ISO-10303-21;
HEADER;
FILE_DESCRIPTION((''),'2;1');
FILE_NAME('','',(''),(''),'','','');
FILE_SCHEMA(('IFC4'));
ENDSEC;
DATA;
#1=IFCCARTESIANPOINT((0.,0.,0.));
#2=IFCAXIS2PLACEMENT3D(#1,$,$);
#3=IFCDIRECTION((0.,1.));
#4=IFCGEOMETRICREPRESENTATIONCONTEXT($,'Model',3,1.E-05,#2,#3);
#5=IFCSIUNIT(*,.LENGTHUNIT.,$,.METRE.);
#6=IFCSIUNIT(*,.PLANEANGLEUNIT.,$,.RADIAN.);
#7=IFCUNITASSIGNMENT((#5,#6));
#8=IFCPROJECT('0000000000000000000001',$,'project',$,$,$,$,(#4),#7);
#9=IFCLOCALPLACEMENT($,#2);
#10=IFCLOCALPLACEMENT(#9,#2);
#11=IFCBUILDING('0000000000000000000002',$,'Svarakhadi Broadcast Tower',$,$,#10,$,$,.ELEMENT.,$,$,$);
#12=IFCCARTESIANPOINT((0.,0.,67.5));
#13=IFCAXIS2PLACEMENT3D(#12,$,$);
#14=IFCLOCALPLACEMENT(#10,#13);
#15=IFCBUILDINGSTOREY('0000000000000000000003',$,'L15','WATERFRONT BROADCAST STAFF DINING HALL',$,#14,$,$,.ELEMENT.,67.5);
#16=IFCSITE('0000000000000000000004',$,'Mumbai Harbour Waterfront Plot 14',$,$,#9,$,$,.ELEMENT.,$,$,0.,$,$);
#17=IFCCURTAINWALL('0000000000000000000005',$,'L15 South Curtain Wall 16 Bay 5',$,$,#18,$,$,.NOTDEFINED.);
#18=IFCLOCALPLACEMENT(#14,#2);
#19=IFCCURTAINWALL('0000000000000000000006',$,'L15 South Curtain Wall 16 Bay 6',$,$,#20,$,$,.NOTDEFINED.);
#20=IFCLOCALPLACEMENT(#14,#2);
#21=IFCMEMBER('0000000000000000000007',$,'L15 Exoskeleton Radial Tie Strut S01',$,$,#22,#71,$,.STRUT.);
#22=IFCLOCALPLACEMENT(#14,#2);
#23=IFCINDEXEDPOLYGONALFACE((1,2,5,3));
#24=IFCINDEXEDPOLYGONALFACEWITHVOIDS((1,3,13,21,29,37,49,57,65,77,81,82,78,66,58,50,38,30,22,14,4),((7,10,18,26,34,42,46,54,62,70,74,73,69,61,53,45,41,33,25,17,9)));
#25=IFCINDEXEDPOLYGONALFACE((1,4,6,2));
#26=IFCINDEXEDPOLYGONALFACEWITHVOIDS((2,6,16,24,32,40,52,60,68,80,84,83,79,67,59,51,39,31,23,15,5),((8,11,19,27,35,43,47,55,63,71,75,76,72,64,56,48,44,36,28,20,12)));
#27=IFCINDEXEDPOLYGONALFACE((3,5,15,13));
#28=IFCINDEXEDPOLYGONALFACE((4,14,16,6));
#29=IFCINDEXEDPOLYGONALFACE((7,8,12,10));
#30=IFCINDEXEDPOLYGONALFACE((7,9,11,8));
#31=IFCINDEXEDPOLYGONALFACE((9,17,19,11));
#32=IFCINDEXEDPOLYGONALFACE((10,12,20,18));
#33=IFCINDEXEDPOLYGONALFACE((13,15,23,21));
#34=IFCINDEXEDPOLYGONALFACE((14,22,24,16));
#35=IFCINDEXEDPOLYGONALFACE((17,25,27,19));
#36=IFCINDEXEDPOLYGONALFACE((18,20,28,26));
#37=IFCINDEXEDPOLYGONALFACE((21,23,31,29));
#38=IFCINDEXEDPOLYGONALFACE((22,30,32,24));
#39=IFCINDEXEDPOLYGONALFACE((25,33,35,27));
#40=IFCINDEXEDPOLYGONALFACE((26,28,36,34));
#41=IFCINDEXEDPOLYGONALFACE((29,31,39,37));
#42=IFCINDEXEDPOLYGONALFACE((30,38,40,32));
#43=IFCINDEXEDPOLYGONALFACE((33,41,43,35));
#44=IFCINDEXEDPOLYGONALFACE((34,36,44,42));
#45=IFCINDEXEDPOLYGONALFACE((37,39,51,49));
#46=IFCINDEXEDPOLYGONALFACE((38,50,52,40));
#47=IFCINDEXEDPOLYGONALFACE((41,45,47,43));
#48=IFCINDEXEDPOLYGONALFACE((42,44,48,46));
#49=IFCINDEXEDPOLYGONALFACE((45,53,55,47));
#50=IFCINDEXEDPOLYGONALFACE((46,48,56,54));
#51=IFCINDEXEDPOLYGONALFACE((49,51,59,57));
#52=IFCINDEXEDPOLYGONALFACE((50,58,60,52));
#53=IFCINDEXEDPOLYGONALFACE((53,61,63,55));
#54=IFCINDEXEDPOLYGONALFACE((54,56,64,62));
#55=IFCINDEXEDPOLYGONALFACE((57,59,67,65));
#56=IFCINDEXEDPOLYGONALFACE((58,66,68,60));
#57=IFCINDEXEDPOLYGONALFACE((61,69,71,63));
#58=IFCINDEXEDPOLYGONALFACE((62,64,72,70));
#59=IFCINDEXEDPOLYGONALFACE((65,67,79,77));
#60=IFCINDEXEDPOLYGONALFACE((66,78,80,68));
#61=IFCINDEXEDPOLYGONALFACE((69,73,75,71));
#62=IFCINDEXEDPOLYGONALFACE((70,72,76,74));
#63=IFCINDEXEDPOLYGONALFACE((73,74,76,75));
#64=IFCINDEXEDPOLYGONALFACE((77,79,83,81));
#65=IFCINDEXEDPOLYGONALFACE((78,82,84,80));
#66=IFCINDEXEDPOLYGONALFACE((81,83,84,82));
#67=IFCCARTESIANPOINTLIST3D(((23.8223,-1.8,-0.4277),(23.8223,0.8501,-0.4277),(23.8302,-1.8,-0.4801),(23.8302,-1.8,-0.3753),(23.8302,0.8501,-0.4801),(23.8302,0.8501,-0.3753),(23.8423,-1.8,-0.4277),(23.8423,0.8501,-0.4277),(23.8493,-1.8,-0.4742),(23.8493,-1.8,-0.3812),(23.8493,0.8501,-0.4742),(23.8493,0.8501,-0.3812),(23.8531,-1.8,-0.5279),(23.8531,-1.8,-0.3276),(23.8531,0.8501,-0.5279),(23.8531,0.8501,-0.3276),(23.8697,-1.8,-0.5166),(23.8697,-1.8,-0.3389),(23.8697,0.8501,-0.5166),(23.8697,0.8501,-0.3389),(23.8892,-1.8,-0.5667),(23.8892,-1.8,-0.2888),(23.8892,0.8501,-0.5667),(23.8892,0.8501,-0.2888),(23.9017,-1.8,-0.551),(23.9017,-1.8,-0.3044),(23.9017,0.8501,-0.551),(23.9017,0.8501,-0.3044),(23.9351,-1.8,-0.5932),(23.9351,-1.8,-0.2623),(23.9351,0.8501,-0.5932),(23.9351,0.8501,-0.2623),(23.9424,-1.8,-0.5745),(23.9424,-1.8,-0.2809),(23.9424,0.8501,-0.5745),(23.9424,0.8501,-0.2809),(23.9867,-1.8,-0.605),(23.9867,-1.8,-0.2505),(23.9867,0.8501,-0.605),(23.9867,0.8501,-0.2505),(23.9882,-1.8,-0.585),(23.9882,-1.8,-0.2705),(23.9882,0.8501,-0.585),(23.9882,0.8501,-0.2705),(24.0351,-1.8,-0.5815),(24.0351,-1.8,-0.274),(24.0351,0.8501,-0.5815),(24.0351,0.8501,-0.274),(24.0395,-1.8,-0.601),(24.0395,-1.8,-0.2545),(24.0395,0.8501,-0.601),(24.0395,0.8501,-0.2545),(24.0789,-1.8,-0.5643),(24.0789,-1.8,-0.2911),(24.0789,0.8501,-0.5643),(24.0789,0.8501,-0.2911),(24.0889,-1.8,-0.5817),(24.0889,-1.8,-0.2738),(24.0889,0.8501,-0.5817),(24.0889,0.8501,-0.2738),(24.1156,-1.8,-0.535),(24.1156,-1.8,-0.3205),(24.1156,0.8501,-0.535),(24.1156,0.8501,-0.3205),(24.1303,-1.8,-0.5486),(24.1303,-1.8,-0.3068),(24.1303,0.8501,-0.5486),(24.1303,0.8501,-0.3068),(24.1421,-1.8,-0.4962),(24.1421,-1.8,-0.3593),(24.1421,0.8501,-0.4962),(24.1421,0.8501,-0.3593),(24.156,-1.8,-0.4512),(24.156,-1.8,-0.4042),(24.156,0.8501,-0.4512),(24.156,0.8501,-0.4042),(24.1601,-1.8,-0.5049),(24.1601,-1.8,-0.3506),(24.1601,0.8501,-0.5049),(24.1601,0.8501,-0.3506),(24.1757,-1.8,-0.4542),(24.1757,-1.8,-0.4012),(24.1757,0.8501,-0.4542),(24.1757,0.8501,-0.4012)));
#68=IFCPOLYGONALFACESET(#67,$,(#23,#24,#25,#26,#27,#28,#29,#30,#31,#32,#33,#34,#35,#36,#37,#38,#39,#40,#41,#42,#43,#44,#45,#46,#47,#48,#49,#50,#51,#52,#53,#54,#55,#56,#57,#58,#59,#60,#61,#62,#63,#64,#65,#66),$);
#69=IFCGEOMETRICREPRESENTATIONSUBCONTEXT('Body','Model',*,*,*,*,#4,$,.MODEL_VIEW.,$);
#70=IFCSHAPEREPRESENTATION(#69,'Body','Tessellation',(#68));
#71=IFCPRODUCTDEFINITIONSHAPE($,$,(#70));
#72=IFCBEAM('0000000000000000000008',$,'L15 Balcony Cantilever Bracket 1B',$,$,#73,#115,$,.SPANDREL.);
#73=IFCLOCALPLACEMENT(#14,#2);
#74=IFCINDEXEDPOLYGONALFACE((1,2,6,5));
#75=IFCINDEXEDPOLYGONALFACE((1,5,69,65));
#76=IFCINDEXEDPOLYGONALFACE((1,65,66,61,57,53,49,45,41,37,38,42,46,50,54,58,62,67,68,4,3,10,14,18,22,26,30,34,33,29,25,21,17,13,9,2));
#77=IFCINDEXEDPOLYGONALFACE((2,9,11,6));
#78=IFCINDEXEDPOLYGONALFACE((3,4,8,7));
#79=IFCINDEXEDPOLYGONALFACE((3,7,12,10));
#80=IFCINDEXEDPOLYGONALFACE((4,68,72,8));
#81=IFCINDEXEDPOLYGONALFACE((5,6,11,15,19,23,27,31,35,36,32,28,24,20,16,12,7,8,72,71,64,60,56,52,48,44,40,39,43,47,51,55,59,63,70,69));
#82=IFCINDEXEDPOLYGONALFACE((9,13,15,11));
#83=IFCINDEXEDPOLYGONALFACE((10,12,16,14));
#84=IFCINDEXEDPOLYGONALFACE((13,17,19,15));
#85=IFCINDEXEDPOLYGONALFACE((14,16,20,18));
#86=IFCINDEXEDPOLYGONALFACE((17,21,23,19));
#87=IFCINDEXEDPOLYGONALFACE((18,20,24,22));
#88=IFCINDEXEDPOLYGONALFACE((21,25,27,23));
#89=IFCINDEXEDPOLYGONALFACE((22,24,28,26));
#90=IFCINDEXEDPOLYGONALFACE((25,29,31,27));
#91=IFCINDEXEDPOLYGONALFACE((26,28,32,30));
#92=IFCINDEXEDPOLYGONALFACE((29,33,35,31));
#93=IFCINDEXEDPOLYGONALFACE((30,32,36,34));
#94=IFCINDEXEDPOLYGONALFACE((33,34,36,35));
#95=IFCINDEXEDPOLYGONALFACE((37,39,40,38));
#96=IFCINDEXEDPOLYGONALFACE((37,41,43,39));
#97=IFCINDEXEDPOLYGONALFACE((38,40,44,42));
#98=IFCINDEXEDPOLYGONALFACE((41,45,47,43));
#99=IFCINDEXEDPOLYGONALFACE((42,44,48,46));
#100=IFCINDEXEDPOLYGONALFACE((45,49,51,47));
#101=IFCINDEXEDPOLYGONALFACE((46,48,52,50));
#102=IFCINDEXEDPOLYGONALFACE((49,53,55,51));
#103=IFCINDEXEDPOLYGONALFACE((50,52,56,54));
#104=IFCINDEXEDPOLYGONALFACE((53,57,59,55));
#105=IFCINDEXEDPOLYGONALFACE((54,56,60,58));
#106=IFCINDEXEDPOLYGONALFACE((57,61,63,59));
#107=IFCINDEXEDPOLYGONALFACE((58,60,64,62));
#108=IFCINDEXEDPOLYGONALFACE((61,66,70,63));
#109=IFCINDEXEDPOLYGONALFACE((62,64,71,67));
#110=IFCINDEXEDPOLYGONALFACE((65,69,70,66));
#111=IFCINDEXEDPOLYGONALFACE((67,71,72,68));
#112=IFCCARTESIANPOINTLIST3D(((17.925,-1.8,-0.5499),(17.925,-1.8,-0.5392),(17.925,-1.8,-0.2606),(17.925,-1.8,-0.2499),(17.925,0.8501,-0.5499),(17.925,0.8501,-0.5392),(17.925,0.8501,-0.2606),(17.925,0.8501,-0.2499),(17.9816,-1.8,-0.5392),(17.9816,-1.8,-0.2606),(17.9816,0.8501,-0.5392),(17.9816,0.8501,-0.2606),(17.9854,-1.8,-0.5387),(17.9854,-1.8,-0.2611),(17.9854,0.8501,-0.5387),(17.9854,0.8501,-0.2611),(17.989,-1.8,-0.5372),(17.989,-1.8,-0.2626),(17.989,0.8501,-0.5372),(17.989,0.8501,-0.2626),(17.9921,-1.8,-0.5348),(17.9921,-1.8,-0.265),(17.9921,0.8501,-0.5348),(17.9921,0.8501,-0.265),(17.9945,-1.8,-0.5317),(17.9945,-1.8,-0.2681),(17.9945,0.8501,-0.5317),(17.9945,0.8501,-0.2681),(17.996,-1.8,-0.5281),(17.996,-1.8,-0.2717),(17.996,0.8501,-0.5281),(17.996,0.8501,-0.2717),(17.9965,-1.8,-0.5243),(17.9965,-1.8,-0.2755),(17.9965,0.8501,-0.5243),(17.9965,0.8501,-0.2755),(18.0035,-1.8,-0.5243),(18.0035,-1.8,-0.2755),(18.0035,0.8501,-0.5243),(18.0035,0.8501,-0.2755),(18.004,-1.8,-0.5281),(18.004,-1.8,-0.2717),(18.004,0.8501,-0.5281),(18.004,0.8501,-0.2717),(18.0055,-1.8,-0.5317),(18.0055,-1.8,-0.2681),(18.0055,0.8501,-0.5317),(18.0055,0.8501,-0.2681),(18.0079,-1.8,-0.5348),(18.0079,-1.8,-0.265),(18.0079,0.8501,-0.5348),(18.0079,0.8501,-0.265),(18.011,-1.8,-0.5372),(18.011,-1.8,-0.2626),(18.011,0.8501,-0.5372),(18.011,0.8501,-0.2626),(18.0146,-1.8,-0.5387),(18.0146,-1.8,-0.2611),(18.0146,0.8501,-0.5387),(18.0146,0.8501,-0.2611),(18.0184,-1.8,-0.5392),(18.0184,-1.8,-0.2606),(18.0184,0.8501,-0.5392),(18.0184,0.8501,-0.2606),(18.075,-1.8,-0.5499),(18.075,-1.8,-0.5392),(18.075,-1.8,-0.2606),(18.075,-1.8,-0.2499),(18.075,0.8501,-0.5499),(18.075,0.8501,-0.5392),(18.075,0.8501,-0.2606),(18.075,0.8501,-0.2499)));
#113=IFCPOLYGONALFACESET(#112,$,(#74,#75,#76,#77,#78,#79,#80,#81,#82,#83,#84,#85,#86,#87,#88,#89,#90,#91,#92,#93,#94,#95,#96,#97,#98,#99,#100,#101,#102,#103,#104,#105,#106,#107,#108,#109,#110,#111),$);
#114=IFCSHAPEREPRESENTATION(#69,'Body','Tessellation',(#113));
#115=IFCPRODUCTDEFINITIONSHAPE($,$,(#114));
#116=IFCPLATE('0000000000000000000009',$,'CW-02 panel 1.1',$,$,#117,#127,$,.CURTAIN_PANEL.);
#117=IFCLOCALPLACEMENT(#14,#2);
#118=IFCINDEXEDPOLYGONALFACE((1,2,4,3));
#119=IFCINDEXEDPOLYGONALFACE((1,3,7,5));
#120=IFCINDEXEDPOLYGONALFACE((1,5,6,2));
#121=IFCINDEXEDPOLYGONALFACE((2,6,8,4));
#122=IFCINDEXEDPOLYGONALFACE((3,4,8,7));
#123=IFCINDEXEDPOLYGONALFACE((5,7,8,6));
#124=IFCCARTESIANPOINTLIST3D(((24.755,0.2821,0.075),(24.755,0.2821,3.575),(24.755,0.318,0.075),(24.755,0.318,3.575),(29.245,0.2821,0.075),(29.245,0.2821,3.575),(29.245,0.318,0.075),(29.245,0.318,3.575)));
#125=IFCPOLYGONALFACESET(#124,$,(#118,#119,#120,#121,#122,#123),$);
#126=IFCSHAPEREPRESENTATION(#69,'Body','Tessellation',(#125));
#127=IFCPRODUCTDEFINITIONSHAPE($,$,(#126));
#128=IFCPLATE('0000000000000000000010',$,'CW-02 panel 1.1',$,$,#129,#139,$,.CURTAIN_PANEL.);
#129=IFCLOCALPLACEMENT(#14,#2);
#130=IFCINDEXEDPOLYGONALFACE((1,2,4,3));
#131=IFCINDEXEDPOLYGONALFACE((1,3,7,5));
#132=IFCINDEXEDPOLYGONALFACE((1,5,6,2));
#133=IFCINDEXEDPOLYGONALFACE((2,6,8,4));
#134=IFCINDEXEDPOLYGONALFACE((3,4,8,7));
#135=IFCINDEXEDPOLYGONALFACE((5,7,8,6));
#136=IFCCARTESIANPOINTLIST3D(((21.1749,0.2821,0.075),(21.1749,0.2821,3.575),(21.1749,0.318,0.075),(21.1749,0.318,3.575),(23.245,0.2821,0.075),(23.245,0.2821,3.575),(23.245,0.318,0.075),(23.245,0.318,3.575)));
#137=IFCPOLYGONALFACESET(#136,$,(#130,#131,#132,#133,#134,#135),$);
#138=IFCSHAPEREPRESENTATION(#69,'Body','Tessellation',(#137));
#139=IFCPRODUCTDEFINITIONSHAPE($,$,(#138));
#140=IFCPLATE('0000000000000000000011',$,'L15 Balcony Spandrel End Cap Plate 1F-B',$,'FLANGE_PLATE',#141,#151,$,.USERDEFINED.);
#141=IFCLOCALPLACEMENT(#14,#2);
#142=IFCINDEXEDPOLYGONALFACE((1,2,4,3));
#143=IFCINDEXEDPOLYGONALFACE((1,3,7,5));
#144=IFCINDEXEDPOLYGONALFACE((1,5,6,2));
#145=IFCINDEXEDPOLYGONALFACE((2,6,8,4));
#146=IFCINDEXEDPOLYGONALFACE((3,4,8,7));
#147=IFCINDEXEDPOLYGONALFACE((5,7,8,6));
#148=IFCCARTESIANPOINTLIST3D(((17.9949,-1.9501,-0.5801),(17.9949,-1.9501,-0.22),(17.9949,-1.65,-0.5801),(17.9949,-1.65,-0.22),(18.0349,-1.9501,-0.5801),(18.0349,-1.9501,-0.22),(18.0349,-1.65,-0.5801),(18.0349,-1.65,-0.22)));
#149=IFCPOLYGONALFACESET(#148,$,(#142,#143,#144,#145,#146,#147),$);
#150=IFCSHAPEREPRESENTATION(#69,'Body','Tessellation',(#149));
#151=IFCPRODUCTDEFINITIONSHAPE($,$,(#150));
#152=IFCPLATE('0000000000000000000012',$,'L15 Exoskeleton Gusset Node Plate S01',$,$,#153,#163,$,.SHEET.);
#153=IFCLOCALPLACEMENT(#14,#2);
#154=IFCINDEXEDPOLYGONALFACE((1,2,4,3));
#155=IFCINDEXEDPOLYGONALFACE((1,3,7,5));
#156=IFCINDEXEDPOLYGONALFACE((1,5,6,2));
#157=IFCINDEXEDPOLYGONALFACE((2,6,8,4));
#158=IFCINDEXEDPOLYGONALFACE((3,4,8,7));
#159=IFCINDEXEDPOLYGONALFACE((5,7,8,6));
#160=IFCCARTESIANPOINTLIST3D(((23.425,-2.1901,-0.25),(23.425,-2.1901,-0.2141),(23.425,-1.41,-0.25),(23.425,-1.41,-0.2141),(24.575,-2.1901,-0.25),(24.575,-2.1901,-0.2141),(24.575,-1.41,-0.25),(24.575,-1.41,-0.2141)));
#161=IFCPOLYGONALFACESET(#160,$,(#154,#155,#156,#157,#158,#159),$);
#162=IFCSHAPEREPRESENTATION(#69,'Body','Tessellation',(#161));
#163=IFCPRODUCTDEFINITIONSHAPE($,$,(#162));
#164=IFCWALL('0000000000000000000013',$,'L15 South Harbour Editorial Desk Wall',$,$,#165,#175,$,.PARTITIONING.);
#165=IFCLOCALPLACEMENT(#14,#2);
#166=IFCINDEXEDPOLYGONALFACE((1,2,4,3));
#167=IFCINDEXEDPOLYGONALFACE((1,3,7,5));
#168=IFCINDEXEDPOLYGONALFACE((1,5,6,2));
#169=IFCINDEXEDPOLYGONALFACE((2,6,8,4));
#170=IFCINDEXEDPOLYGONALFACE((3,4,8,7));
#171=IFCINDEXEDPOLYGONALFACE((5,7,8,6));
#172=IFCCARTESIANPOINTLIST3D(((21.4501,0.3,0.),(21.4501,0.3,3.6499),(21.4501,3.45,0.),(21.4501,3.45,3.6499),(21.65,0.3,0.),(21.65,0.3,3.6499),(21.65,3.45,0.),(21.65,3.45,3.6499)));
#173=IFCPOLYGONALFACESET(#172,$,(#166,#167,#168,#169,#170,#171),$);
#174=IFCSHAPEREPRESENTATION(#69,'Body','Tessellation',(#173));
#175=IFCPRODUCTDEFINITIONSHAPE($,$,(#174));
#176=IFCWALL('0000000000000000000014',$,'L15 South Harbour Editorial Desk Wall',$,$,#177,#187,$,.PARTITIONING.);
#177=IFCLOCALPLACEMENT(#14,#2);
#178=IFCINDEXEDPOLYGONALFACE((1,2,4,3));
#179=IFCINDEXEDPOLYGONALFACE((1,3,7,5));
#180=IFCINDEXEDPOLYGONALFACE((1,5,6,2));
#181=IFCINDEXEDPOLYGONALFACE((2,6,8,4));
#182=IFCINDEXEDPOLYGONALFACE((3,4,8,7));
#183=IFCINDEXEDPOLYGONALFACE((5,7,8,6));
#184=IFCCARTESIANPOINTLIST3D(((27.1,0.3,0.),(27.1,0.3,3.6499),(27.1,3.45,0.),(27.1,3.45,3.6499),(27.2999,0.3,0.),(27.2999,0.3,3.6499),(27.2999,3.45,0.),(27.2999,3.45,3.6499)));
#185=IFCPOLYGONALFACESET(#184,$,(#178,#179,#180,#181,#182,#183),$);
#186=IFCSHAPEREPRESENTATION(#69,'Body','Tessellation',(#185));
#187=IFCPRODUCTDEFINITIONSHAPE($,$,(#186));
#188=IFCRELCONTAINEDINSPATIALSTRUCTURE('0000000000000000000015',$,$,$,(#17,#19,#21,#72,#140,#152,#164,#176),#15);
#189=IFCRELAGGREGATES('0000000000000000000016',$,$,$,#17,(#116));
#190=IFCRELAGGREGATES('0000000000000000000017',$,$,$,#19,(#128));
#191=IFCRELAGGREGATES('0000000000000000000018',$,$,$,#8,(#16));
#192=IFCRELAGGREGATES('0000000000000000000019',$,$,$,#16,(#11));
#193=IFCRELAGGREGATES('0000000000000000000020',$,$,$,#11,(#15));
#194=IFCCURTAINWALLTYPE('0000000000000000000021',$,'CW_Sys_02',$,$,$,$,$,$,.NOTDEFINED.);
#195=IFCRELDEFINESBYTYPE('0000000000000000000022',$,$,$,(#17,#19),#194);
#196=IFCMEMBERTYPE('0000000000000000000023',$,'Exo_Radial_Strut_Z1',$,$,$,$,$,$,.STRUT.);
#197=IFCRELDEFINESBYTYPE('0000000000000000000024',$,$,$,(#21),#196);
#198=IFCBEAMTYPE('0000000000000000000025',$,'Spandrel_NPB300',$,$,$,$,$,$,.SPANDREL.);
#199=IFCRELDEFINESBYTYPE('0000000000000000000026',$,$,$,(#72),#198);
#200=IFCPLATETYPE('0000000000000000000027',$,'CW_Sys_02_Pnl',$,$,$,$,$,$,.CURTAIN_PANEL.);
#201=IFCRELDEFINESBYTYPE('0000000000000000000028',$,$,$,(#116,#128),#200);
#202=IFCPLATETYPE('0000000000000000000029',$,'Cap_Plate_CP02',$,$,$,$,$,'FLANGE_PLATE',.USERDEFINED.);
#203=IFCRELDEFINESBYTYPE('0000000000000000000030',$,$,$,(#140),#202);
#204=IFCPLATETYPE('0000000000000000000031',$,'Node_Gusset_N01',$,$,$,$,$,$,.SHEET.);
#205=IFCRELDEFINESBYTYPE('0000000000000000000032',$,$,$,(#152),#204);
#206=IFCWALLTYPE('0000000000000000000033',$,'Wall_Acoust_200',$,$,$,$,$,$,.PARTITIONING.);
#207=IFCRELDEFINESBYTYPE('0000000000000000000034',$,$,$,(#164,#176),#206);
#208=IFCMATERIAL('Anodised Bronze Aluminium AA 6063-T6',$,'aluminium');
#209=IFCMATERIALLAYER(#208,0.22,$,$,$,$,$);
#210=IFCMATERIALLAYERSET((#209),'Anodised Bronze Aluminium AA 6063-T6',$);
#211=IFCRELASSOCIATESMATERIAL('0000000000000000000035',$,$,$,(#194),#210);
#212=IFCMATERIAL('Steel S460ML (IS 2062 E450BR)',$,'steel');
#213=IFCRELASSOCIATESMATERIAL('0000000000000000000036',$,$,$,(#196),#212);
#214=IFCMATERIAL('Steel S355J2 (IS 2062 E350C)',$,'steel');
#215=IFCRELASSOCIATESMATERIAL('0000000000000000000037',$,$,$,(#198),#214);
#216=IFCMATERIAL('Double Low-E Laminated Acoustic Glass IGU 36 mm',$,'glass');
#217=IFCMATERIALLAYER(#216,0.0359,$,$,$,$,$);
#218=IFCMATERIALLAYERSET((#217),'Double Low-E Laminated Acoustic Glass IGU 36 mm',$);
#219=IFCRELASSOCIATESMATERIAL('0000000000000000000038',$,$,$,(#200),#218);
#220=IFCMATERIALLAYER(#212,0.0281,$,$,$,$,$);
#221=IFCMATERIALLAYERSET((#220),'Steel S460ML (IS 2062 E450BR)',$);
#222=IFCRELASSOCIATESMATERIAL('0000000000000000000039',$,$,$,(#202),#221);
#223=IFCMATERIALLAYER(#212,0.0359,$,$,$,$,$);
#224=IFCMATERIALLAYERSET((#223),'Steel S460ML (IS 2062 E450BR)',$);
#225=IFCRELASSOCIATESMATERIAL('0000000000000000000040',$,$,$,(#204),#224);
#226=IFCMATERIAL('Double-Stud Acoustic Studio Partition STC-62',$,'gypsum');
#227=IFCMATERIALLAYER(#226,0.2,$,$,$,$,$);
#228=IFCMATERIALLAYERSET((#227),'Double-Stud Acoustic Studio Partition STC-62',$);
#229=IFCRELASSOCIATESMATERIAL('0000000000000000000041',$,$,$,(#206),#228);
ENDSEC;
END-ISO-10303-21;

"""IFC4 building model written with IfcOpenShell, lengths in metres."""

from ifc_helpers import new_model, si_unit, direction, frame, frame_2d, origin, origin_2d, place, context, subcontext, project, spatial, rectangle, hollow_circle, i_section, extrude, material, layer, layer_set, material_profile, profile_set, type_object, element, aggregate, save


model = new_model("IFC4")

# Units and contexts
model_context = context("Model", 3, precision=1e-05, world=origin(), true_north=direction((0.0, 1.0)))
body_context = subcontext(model_context, "Body", "Model", "MODEL_VIEW")
ifc_project = project(units=[si_unit("LENGTHUNIT", "METRE"), si_unit("PLANEANGLEUNIT", "RADIAN")], contexts=[model_context])

# Site, building, storey
site_placement = place(None, origin())
site = spatial("IfcSite", under=ifc_project, at=site_placement, Name="Mumbai Harbour Waterfront Plot 14", CompositionType="ELEMENT", RefElevation=0.0)
building_placement = place(site_placement, origin())
building = spatial("IfcBuilding", under=site, at=building_placement, Name="Svarakhadi Broadcast Tower", CompositionType="ELEMENT")
storey_placement = place(building_placement, frame((0.0, 0.0, 67.5)))
storey = spatial("IfcBuildingStorey", under=building, at=storey_placement, Name="L15", Description="WATERFRONT BROADCAST STAFF DINING HALL", CompositionType="ELEMENT", Elevation=67.5)

# Curtain wall
ifc_material_1 = material(Name="Anodised Bronze Aluminium AA 6063-T6", Category="aluminium")
ifc_layer_1 = layer(ifc_material_1, 0.22)
ifc_layer_set_1 = layer_set([ifc_layer_1], Name="Anodised Bronze Aluminium AA 6063-T6")
curtain_wall_type = type_object("IfcCurtainWallType", Name="CW_Sys_02", PredefinedType="NOTDEFINED", material=ifc_layer_set_1)
curtain_wall_1_placement = place(storey_placement, origin())
curtain_wall_1 = element("IfcCurtainWall", 1, at=curtain_wall_1_placement, inside=storey, type_object=curtain_wall_type, Name="L15 South Curtain Wall 16 Bay 5", PredefinedType="NOTDEFINED")

# Curtain wall
curtain_wall_2_placement = place(storey_placement, origin())
curtain_wall_2 = element("IfcCurtainWall", 2, at=curtain_wall_2_placement, inside=storey, type_object=curtain_wall_type, Name="L15 South Curtain Wall 16 Bay 6", PredefinedType="NOTDEFINED")

# Member
ifc_material_2 = material(Name="Steel S460ML (IS 2062 E450BR)", Category="steel")
ifc_material_profile_1 = material_profile(ifc_material_2, hollow_circle(Radius=0.1777, WallThickness=0.02, at=origin_2d()), Name="CHS 355.6x20")
ifc_profile_set_1 = profile_set([ifc_material_profile_1], Name="Steel S460ML (IS 2062 E450BR)")
member_type_1 = type_object("IfcMemberType", Name="Exo_Radial_Strut_Z1", PredefinedType="STRUT", material=ifc_profile_set_1)
member_1_placement = place(storey_placement, frame((24.0, -1.8, -0.4277), z_axis=(0.0, 1.0, 0.0), x_axis=(-1.0, 0.0, 0.0)))
element("IfcMember", 3, at=member_1_placement, inside=storey, type_object=member_type_1, Name="L15 Exoskeleton Radial Tie Strut S01", PredefinedType="STRUT", context=body_context, shape_type="SweptSolid", body=[
    extrude(hollow_circle(Radius=0.1777, WallThickness=0.02, at=origin_2d()), origin(), (0.0, 0.0, 1.0), 2.6501),
])

# Beam
ifc_material_3 = material(Name="Steel S355J2 (IS 2062 E350C)", Category="steel")
ifc_material_profile_2 = material_profile(ifc_material_3, i_section(OverallWidth=0.1499, OverallDepth=0.3, WebThickness=0.0071, FlangeThickness=0.0107, FilletRadius=0.0149, at=origin_2d()), Name="NPB 300x150x37")
ifc_profile_set_2 = profile_set([ifc_material_profile_2], Name="Steel S355J2 (IS 2062 E350C)")
beam_type = type_object("IfcBeamType", Name="Spandrel_NPB300", PredefinedType="SPANDREL", material=ifc_profile_set_2)
beam_placement = place(storey_placement, frame((18.0, 0.8501, -0.3999), z_axis=(0.0, -1.0, 0.0), x_axis=(1.0, 0.0, 0.0)))
element("IfcBeam", 4, at=beam_placement, inside=storey, type_object=beam_type, Name="L15 Balcony Cantilever Bracket 1B", PredefinedType="SPANDREL", context=body_context, shape_type="SweptSolid", body=[
    extrude(i_section(OverallWidth=0.1499, OverallDepth=0.3, WebThickness=0.0071, FlangeThickness=0.0107, FilletRadius=0.0149, at=origin_2d()), origin(), (0.0, 0.0, 1.0), 2.6501),
])

# Plates
ifc_material_4 = material(Name="Double Low-E Laminated Acoustic Glass IGU 36 mm", Category="glass")
ifc_layer_2 = layer(ifc_material_4, 0.0359)
ifc_layer_set_2 = layer_set([ifc_layer_2], Name="Double Low-E Laminated Acoustic Glass IGU 36 mm")
plate_type_1 = type_object("IfcPlateType", Name="CW_Sys_02_Pnl", PredefinedType="CURTAIN_PANEL", material=ifc_layer_set_2)
plate_1_placement = place(storey_placement, frame((27.0, 0.3, 0.075), z_axis=(0.0, 0.0, 1.0), x_axis=(-1.0, 0.0, 0.0)))
plate_1 = element("IfcPlate", 5, at=plate_1_placement, type_object=plate_type_1, Name="CW-02 panel 1.1", PredefinedType="CURTAIN_PANEL", context=body_context, shape_type="SweptSolid", body=[
    extrude(rectangle(XDim=4.49, YDim=0.0359, at=origin_2d()), origin(), (0.0, 0.0, 1.0), 3.5),
])
aggregate(curtain_wall_1, [plate_1])
plate_2_placement = place(storey_placement, frame((22.21, 0.3, 0.075), z_axis=(0.0, 0.0, 1.0), x_axis=(-1.0, 0.0, 0.0)))
plate_2 = element("IfcPlate", 6, at=plate_2_placement, type_object=plate_type_1, Name="CW-02 panel 1.1", PredefinedType="CURTAIN_PANEL", context=body_context, shape_type="SweptSolid", body=[
    extrude(rectangle(XDim=2.0701, YDim=0.0359, at=origin_2d()), origin(), (0.0, 0.0, 1.0), 3.5),
])
aggregate(curtain_wall_2, [plate_2])

# Plates
ifc_layer_3 = layer(ifc_material_2, 0.0281)
ifc_layer_set_3 = layer_set([ifc_layer_3], Name="Steel S460ML (IS 2062 E450BR)")
plate_type_2 = type_object("IfcPlateType", Name="Cap_Plate_CP02", ElementType="FLANGE_PLATE", PredefinedType="USERDEFINED", material=ifc_layer_set_3)
plate_3_placement = place(storey_placement, frame((18.0149, -1.8, -0.5801), z_axis=(0.0, 0.0, 1.0), x_axis=(1.0, 0.0, 0.0)))
element("IfcPlate", 7, at=plate_3_placement, inside=storey, type_object=plate_type_2, Name="L15 Balcony Spandrel End Cap Plate 1F-B", ObjectType="FLANGE_PLATE", PredefinedType="USERDEFINED", context=body_context, shape_type="SweptSolid", body=[
    extrude(rectangle(XDim=0.04, YDim=0.3, at=origin_2d()), origin(), (0.0, 0.0, 1.0), 0.3601),
])
ifc_layer_4 = layer(ifc_material_2, 0.0359)
ifc_layer_set_4 = layer_set([ifc_layer_4], Name="Steel S460ML (IS 2062 E450BR)")
plate_type_3 = type_object("IfcPlateType", Name="Node_Gusset_N01", PredefinedType="SHEET", material=ifc_layer_set_4)
plate_4_placement = place(storey_placement, frame((24.0, -1.8, -0.25), z_axis=(0.0, 0.0, 1.0), x_axis=(1.0, 0.0, 0.0)))
element("IfcPlate", 8, at=plate_4_placement, inside=storey, type_object=plate_type_3, Name="L15 Exoskeleton Gusset Node Plate S01", PredefinedType="SHEET", context=body_context, shape_type="SweptSolid", body=[
    extrude(rectangle(XDim=1.1499, YDim=0.78, at=origin_2d()), origin(), (0.0, 0.0, 1.0), 0.0359),
])

# Walls
ifc_material_5 = material(Name="Double-Stud Acoustic Studio Partition STC-62", Category="gypsum")
ifc_layer_5 = layer(ifc_material_5, 0.2)
ifc_layer_set_5 = layer_set([ifc_layer_5], Name="Double-Stud Acoustic Studio Partition STC-62")
wall_type_1 = type_object("IfcWallType", Name="Wall_Acoust_200", PredefinedType="PARTITIONING", material=ifc_layer_set_5)
for number, where, z_axis, x_axis, name in (
    (9, (21.55, 0.3, 0.0), (0.0, 0.0, 1.0), (0.0, 1.0, 0.0), "L15 South Harbour Editorial Desk Wall"),
    (10, (27.2, 0.3, 0.0), (0.0, 0.0, 1.0), (0.0, 1.0, 0.0), "L15 South Harbour Editorial Desk Wall"),
):
    element("IfcWall", number, at=place(storey_placement, frame(where, z_axis=z_axis, x_axis=x_axis)), inside=storey, type_object=wall_type_1, Name=name, PredefinedType="PARTITIONING", context=body_context, shape_type="SweptSolid", body=[
        extrude(rectangle(XDim=3.1499, YDim=0.2, at=frame_2d((1.575, 0.0))), origin(), (0.0, 0.0, 1.0), 3.6499),
    ])

save(model, "model.ifc")
